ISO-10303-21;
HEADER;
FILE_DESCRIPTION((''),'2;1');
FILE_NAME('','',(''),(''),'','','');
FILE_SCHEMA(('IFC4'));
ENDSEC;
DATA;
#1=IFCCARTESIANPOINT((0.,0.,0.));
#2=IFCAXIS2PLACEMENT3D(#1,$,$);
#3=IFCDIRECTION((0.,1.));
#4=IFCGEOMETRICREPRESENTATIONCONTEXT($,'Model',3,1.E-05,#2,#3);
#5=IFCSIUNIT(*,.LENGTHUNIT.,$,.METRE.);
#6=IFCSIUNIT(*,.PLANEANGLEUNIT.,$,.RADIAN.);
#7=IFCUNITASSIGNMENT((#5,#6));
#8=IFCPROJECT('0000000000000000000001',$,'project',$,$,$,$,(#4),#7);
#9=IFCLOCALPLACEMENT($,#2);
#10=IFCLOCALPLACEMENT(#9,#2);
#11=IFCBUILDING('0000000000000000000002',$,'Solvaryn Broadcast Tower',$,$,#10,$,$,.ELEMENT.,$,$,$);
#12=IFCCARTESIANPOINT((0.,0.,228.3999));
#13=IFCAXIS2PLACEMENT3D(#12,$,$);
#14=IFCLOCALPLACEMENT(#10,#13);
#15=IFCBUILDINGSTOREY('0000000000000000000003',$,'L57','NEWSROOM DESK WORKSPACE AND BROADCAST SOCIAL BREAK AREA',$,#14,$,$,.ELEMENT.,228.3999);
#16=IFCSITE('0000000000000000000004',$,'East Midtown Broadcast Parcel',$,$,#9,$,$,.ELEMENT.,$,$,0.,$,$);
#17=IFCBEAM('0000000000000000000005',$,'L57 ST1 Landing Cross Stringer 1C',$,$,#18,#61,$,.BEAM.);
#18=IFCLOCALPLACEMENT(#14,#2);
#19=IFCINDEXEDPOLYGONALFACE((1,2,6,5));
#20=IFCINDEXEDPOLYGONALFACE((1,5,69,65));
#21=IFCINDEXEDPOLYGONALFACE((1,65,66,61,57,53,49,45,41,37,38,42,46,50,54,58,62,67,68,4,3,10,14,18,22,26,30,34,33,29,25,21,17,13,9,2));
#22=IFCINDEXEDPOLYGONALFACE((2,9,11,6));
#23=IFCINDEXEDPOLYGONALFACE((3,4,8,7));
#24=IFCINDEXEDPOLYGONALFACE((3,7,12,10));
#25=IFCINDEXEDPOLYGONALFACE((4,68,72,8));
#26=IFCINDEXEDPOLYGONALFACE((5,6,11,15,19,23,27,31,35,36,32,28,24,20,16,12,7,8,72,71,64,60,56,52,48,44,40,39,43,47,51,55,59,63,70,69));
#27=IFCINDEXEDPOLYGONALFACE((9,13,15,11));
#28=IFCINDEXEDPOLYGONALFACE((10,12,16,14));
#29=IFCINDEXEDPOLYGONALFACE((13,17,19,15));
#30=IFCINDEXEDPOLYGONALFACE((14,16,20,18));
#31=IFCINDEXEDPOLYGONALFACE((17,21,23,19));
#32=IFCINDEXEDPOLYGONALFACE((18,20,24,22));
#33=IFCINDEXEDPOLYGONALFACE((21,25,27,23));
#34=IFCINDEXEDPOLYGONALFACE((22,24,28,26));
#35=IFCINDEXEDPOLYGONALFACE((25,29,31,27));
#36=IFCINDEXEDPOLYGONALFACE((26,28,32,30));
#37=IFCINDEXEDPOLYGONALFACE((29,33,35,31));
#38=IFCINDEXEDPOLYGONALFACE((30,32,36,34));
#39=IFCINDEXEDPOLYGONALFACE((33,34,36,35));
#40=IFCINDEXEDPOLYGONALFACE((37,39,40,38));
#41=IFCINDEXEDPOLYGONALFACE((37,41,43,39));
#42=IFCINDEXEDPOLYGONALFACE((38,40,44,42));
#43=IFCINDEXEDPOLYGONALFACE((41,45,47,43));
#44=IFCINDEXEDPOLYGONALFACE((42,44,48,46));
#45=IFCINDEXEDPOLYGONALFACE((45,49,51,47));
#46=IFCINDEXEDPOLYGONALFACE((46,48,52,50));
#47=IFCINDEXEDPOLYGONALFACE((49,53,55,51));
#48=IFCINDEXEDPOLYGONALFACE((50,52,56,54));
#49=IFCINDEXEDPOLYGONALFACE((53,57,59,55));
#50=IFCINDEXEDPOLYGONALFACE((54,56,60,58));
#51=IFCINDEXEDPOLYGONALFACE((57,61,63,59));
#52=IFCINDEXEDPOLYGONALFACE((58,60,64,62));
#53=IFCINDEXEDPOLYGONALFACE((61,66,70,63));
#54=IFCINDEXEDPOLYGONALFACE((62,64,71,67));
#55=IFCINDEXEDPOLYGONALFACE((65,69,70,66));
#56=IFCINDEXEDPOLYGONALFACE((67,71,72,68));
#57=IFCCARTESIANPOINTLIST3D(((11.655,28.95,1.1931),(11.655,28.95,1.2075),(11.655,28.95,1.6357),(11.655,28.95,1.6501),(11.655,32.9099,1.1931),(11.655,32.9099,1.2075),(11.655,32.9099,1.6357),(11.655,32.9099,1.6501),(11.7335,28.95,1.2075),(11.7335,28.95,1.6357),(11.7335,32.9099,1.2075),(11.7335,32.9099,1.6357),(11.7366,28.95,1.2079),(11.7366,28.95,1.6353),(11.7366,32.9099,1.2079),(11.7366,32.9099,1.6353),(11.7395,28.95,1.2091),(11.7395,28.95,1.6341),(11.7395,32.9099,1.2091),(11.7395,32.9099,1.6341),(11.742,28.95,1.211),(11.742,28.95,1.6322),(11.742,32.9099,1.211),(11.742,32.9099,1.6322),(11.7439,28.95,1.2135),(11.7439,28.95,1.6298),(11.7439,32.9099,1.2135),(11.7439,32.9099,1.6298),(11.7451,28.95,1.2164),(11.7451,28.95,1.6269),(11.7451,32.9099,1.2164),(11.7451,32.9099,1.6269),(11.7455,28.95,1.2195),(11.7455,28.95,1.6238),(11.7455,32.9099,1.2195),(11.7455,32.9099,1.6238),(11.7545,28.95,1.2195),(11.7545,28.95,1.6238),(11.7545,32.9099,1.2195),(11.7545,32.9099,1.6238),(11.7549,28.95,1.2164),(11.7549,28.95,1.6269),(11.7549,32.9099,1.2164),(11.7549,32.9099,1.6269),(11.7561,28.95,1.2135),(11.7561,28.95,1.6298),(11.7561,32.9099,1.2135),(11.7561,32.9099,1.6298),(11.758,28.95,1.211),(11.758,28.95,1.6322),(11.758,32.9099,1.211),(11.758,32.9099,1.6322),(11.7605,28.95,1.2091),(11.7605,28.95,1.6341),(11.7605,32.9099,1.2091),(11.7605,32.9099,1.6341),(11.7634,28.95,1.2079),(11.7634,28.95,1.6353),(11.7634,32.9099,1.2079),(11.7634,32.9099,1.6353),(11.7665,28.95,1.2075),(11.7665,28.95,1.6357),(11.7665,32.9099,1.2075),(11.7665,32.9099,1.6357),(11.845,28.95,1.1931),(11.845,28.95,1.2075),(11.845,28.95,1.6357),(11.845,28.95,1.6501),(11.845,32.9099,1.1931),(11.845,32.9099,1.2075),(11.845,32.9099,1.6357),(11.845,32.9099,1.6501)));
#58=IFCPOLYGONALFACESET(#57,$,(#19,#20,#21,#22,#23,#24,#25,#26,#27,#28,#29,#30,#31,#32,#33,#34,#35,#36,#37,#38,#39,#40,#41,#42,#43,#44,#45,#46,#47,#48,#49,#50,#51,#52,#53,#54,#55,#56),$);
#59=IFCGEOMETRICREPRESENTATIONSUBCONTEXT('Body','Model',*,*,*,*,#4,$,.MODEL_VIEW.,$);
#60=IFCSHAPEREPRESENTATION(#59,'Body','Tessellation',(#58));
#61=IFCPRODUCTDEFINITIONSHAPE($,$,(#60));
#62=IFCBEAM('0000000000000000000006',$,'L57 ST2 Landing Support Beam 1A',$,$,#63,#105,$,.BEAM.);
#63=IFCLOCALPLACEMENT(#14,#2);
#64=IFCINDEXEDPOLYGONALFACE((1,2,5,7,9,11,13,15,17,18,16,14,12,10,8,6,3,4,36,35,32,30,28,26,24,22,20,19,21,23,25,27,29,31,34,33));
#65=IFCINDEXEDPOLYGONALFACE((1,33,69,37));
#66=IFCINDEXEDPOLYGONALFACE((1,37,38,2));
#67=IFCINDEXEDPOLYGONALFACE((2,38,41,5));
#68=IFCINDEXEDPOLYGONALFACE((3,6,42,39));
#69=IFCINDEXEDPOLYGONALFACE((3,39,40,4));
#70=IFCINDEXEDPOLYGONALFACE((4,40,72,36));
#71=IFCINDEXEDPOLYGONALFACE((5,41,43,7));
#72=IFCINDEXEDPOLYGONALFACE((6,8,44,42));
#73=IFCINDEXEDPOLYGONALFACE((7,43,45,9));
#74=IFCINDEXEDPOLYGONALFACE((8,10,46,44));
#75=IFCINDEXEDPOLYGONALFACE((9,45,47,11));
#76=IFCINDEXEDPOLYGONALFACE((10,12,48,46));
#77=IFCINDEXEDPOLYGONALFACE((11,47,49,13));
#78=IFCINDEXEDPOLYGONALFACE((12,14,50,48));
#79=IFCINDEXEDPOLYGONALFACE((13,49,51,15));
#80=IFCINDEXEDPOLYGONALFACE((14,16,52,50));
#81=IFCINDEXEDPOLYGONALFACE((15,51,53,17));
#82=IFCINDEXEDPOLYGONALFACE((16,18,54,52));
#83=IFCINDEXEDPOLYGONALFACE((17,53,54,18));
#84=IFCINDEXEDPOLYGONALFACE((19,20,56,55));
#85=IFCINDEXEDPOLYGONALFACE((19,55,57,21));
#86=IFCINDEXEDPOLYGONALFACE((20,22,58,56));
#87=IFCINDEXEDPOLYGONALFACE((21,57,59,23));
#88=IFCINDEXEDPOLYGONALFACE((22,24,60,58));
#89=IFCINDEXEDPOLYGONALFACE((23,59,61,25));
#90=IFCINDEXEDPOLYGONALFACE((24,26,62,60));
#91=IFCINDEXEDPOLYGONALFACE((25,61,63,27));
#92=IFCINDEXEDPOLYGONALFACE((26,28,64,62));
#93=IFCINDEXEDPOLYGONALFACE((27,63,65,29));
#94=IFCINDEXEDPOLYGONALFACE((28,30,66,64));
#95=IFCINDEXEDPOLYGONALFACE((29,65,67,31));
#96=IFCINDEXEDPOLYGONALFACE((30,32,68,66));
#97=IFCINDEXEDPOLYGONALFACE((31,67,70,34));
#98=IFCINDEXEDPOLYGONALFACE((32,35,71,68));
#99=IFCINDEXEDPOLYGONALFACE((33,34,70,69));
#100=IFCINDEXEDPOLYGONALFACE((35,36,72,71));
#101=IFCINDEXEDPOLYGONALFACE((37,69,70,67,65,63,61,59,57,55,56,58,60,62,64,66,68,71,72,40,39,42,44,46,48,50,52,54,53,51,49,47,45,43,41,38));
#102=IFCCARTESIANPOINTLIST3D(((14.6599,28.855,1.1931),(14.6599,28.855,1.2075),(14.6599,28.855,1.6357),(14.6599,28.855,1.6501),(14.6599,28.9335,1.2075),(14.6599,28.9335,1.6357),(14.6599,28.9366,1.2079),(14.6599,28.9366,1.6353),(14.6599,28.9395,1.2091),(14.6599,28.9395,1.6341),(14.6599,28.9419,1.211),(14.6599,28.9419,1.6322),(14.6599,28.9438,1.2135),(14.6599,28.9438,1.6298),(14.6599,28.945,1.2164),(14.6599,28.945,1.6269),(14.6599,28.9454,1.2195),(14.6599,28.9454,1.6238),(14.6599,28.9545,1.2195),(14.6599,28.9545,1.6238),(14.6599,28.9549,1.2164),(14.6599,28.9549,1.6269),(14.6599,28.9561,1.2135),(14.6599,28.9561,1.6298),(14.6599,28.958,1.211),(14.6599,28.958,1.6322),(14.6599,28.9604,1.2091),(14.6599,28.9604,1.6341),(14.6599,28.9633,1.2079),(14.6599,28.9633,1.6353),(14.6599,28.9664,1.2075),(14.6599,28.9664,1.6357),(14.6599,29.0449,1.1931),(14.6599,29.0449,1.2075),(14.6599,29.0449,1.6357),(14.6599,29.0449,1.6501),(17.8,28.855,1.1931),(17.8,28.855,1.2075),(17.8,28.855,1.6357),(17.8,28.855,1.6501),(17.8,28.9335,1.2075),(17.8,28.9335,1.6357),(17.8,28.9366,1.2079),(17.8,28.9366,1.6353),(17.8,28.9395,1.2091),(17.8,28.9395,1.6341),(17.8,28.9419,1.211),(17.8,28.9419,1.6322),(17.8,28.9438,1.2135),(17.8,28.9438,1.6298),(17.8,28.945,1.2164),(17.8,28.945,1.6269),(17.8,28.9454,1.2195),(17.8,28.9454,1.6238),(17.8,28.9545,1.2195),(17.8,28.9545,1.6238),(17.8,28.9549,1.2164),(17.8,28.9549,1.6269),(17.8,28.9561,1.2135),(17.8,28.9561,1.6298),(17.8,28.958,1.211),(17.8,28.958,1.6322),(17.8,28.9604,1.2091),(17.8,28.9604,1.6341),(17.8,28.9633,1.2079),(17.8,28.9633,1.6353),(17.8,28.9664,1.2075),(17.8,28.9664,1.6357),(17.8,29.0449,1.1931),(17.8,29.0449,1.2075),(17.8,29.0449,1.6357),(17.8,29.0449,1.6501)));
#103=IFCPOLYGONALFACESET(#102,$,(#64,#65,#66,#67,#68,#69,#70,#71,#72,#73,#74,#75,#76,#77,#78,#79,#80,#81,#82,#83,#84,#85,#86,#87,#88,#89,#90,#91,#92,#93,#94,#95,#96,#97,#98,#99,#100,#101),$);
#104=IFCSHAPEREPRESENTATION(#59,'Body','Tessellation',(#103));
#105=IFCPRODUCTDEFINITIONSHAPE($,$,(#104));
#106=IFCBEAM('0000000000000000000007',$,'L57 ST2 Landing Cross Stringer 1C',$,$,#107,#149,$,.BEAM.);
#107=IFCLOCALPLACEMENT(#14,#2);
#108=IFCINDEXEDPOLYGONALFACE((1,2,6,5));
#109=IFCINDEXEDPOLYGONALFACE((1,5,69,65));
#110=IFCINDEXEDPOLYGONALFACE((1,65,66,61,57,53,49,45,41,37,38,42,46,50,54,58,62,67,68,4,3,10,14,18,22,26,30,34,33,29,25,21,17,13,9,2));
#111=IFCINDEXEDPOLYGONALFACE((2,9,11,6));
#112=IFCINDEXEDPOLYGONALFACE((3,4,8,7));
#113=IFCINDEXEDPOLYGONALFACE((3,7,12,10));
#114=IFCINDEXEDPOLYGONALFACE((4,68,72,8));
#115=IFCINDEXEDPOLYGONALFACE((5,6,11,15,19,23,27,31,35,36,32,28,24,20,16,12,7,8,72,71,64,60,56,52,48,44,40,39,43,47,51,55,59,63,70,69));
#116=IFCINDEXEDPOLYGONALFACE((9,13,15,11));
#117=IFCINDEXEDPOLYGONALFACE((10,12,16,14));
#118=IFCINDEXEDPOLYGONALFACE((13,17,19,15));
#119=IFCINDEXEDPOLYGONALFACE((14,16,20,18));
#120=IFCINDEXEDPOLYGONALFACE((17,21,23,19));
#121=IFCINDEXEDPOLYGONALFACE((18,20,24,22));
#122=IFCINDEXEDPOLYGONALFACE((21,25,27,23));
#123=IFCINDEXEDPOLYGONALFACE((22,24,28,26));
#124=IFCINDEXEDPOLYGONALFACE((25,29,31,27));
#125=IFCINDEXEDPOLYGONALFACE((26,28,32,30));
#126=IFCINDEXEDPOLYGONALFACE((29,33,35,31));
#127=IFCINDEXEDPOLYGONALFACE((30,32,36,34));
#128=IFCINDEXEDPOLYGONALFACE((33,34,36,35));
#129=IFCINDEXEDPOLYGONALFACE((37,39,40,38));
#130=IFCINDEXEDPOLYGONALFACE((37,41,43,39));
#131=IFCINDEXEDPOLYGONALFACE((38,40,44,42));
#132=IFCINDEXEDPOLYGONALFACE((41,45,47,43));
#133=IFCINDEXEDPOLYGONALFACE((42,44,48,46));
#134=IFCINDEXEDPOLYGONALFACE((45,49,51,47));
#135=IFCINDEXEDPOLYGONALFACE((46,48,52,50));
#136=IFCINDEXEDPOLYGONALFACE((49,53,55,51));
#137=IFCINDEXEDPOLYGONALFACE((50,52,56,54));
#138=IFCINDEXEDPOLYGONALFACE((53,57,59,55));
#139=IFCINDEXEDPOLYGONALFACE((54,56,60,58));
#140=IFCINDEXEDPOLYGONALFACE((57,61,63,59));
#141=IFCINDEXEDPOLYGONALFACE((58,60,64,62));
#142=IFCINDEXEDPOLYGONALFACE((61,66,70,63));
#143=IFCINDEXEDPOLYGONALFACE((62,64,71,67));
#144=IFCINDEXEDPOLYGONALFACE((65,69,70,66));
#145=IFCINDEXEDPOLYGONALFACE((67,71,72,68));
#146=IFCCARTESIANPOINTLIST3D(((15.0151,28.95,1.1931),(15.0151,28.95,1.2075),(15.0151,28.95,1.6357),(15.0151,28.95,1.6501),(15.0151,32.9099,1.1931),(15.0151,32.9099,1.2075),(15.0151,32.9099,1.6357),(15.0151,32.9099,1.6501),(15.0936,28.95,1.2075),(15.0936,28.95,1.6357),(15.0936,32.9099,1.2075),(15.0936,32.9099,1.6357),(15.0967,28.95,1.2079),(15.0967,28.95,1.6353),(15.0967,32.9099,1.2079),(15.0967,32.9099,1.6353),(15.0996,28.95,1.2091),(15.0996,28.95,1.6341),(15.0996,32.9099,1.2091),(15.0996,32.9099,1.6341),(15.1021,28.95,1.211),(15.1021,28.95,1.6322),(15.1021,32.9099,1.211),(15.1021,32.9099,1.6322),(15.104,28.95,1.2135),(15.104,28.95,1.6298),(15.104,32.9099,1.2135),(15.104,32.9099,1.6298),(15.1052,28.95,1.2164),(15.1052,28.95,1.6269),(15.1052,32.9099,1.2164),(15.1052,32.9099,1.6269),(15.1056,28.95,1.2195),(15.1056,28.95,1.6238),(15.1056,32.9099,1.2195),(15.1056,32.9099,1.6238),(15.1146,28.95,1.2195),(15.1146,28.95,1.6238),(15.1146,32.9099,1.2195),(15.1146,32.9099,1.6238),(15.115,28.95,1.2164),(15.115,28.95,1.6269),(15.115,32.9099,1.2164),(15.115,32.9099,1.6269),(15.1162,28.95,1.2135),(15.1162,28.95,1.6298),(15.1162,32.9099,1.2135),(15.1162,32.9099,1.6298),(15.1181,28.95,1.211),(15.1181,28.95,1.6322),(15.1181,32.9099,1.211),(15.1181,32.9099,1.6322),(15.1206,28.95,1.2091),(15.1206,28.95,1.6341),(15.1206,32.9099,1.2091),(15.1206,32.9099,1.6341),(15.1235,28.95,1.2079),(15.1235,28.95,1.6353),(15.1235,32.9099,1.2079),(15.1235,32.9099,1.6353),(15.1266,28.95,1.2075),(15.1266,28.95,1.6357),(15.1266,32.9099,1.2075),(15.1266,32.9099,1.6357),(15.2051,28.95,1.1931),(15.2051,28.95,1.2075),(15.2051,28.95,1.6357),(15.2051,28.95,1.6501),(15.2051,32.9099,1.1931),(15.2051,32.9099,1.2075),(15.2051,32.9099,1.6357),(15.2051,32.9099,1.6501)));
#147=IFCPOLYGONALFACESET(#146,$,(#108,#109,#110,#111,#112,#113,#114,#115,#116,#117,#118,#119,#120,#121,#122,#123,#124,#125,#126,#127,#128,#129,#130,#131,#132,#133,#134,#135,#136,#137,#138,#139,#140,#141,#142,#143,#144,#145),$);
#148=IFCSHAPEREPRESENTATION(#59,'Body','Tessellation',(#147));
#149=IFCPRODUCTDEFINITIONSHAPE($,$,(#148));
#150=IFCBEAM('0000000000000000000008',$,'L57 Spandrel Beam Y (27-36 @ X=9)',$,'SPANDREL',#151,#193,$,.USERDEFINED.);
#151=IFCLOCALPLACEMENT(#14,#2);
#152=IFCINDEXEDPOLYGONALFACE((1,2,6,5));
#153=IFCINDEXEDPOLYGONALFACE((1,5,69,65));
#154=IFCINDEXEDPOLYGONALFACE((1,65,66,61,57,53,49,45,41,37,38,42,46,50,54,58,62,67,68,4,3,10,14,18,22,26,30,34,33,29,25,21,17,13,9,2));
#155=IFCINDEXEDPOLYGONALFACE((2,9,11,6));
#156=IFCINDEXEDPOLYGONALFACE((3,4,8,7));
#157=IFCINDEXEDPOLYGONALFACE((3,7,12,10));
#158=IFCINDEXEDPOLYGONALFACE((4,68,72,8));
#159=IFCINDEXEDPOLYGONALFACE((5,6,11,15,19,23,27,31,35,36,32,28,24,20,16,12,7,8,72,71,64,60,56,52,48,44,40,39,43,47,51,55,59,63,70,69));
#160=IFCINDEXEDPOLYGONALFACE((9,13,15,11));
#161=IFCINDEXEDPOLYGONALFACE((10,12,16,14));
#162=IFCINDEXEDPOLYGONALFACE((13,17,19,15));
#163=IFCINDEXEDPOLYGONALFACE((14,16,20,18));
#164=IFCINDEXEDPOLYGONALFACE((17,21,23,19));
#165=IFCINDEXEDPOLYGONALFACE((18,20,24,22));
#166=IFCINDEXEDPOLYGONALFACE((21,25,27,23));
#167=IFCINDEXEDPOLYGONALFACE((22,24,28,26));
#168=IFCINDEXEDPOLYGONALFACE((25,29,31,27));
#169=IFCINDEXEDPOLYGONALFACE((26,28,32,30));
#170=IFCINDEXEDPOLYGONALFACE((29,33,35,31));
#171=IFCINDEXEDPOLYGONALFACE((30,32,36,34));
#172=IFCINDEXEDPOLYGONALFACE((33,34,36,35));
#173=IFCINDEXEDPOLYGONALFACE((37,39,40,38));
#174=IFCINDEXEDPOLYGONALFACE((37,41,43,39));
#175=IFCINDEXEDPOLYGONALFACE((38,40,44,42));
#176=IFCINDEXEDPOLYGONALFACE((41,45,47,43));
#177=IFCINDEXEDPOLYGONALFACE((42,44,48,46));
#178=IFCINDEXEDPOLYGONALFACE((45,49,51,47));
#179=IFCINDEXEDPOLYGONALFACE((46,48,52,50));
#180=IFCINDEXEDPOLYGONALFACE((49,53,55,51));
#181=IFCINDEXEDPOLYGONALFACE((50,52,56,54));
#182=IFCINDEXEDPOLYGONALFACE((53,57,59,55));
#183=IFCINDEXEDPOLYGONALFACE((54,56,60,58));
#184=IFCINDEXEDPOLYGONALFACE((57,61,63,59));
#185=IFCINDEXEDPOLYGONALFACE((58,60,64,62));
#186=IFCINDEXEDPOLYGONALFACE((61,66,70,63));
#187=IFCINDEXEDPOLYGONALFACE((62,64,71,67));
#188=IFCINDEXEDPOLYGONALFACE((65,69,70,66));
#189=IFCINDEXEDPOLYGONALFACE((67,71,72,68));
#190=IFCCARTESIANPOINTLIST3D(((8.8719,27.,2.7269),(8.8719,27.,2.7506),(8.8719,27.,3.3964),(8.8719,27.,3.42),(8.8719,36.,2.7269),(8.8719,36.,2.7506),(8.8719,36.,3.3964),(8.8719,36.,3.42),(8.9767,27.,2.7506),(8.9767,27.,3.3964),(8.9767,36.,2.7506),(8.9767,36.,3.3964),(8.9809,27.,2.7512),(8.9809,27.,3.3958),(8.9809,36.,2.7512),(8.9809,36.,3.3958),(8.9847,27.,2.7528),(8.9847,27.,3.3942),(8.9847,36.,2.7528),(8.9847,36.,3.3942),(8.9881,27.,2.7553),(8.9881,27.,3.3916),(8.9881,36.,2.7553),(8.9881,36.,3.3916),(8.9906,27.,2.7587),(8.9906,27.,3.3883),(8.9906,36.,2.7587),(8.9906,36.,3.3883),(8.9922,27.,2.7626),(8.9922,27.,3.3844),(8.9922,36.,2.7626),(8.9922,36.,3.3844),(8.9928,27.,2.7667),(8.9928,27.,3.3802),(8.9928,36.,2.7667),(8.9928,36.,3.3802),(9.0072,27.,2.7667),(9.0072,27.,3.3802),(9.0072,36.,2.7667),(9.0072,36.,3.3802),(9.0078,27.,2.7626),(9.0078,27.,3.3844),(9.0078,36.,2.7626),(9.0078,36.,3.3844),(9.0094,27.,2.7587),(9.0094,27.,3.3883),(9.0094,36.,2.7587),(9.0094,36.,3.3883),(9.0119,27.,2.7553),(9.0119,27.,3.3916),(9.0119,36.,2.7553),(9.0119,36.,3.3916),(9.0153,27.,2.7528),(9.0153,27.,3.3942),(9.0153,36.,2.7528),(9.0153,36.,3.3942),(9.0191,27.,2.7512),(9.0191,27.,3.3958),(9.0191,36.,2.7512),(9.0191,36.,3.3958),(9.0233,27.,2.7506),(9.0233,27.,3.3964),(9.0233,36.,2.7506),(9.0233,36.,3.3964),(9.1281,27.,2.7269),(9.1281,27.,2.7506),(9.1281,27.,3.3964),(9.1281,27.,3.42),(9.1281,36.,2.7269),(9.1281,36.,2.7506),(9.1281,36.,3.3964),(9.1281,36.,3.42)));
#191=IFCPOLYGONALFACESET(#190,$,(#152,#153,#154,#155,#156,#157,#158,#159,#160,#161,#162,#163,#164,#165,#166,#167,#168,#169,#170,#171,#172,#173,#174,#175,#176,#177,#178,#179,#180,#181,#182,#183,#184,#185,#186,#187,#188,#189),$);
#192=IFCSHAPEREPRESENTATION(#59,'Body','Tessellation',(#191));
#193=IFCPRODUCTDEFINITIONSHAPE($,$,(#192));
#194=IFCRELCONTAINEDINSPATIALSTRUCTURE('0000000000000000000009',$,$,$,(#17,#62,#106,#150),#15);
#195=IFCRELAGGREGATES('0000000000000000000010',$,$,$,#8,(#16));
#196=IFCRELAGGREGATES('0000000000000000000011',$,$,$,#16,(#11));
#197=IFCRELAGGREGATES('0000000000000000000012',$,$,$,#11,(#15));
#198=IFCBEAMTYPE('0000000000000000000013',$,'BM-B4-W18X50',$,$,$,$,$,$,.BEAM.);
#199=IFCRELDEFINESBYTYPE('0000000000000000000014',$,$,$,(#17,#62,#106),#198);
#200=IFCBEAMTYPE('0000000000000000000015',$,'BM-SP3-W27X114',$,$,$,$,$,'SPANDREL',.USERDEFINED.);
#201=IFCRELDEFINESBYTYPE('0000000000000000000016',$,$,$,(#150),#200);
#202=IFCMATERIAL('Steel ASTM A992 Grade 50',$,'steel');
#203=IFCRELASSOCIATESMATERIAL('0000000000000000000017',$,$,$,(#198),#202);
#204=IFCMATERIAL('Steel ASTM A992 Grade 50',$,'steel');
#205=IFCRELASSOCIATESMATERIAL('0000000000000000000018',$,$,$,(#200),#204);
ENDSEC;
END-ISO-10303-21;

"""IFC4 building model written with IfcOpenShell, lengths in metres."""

from ifc_helpers import new_model, si_unit, direction, frame, origin, origin_2d, place, context, subcontext, project, spatial, i_section, extrude, material, material_profile, profile_set, type_object, element, save


model = new_model("IFC4")

# Units and contexts
model_context = context("Model", 3, precision=1e-05, world=origin(), true_north=direction((0.0, 1.0)))
body_context = subcontext(model_context, "Body", "Model", "MODEL_VIEW")
ifc_project = project(units=[si_unit("LENGTHUNIT", "METRE"), si_unit("PLANEANGLEUNIT", "RADIAN")], contexts=[model_context])

# Site, building, storey
site_placement = place(None, origin())
site = spatial("IfcSite", under=ifc_project, at=site_placement, Name="East Midtown Broadcast Parcel", CompositionType="ELEMENT", RefElevation=0.0)
building_placement = place(site_placement, origin())
building = spatial("IfcBuilding", under=site, at=building_placement, Name="Solvaryn Broadcast Tower", CompositionType="ELEMENT")
storey_placement = place(building_placement, frame((0.0, 0.0, 228.3999)))
storey = spatial("IfcBuildingStorey", under=building, at=storey_placement, Name="L57", Description="NEWSROOM DESK WORKSPACE AND BROADCAST SOCIAL BREAK AREA", CompositionType="ELEMENT", Elevation=228.3999)

# Beams
ifc_material_1 = material(Name="Steel ASTM A992 Grade 50", Category="steel")
ifc_material_profile_1 = material_profile(ifc_material_1, i_section(OverallWidth=0.1899, OverallDepth=0.457, WebThickness=0.009, FlangeThickness=0.0144, FilletRadius=0.012, at=origin_2d()))
ifc_profile_set_1 = profile_set([ifc_material_profile_1], Name="Steel ASTM A992 Grade 50")
beam_type_1 = type_object("IfcBeamType", Name="BM-B4-W18X50", PredefinedType="BEAM", material=ifc_profile_set_1)
beam_1_placement = place(storey_placement, frame((11.75, 28.95, 1.4216), z_axis=(0.0, 1.0, 0.0), x_axis=(-1.0, 0.0, 0.0)))
element("IfcBeam", 1, at=beam_1_placement, inside=storey, type_object=beam_type_1, Name="L57 ST1 Landing Cross Stringer 1C", PredefinedType="BEAM", context=body_context, shape_type="SweptSolid", body=[
    extrude(i_section(OverallWidth=0.1899, OverallDepth=0.457, WebThickness=0.009, FlangeThickness=0.0144, FilletRadius=0.012, at=origin_2d()), origin(), (0.0, 0.0, 1.0), 3.96),
])
beam_2_placement = place(storey_placement, frame((14.6599, 28.95, 1.4216), z_axis=(1.0, 0.0, 0.0), x_axis=(0.0, 1.0, 0.0)))
element("IfcBeam", 2, at=beam_2_placement, inside=storey, type_object=beam_type_1, Name="L57 ST2 Landing Support Beam 1A", PredefinedType="BEAM", context=body_context, shape_type="SweptSolid", body=[
    extrude(i_section(OverallWidth=0.1899, OverallDepth=0.457, WebThickness=0.009, FlangeThickness=0.0144, FilletRadius=0.012, at=origin_2d()), origin(), (0.0, 0.0, 1.0), 3.1401),
])
beam_3_placement = place(storey_placement, frame((15.1101, 28.95, 1.4216), z_axis=(0.0, 1.0, 0.0), x_axis=(-1.0, 0.0, 0.0)))
element("IfcBeam", 3, at=beam_3_placement, inside=storey, type_object=beam_type_1, Name="L57 ST2 Landing Cross Stringer 1C", PredefinedType="BEAM", context=body_context, shape_type="SweptSolid", body=[
    extrude(i_section(OverallWidth=0.1899, OverallDepth=0.457, WebThickness=0.009, FlangeThickness=0.0144, FilletRadius=0.012, at=origin_2d()), origin(), (0.0, 0.0, 1.0), 3.96),
])
ifc_material_2 = material(Name="Steel ASTM A992 Grade 50", Category="steel")
ifc_material_profile_2 = material_profile(ifc_material_2, i_section(OverallWidth=0.2561, OverallDepth=0.6931, WebThickness=0.0144, FlangeThickness=0.0237, FilletRadius=0.0161, at=origin_2d()))
ifc_profile_set_2 = profile_set([ifc_material_profile_2], Name="Steel ASTM A992 Grade 50")
beam_type_2 = type_object("IfcBeamType", Name="BM-SP3-W27X114", ElementType="SPANDREL", PredefinedType="USERDEFINED", material=ifc_profile_set_2)
beam_4_placement = place(storey_placement, frame((9.0, 27.0, 3.0735), z_axis=(0.0, 1.0, 0.0), x_axis=(-1.0, 0.0, 0.0)))
element("IfcBeam", 4, at=beam_4_placement, inside=storey, type_object=beam_type_2, Name="L57 Spandrel Beam Y (27-36 @ X=9)", ObjectType="SPANDREL", PredefinedType="USERDEFINED", context=body_context, shape_type="SweptSolid", body=[
    extrude(i_section(OverallWidth=0.2561, OverallDepth=0.6931, WebThickness=0.0144, FlangeThickness=0.0237, FilletRadius=0.0161, at=origin_2d()), origin(), (0.0, 0.0, 1.0), 9.0),
])

save(model, "model.ifc")
